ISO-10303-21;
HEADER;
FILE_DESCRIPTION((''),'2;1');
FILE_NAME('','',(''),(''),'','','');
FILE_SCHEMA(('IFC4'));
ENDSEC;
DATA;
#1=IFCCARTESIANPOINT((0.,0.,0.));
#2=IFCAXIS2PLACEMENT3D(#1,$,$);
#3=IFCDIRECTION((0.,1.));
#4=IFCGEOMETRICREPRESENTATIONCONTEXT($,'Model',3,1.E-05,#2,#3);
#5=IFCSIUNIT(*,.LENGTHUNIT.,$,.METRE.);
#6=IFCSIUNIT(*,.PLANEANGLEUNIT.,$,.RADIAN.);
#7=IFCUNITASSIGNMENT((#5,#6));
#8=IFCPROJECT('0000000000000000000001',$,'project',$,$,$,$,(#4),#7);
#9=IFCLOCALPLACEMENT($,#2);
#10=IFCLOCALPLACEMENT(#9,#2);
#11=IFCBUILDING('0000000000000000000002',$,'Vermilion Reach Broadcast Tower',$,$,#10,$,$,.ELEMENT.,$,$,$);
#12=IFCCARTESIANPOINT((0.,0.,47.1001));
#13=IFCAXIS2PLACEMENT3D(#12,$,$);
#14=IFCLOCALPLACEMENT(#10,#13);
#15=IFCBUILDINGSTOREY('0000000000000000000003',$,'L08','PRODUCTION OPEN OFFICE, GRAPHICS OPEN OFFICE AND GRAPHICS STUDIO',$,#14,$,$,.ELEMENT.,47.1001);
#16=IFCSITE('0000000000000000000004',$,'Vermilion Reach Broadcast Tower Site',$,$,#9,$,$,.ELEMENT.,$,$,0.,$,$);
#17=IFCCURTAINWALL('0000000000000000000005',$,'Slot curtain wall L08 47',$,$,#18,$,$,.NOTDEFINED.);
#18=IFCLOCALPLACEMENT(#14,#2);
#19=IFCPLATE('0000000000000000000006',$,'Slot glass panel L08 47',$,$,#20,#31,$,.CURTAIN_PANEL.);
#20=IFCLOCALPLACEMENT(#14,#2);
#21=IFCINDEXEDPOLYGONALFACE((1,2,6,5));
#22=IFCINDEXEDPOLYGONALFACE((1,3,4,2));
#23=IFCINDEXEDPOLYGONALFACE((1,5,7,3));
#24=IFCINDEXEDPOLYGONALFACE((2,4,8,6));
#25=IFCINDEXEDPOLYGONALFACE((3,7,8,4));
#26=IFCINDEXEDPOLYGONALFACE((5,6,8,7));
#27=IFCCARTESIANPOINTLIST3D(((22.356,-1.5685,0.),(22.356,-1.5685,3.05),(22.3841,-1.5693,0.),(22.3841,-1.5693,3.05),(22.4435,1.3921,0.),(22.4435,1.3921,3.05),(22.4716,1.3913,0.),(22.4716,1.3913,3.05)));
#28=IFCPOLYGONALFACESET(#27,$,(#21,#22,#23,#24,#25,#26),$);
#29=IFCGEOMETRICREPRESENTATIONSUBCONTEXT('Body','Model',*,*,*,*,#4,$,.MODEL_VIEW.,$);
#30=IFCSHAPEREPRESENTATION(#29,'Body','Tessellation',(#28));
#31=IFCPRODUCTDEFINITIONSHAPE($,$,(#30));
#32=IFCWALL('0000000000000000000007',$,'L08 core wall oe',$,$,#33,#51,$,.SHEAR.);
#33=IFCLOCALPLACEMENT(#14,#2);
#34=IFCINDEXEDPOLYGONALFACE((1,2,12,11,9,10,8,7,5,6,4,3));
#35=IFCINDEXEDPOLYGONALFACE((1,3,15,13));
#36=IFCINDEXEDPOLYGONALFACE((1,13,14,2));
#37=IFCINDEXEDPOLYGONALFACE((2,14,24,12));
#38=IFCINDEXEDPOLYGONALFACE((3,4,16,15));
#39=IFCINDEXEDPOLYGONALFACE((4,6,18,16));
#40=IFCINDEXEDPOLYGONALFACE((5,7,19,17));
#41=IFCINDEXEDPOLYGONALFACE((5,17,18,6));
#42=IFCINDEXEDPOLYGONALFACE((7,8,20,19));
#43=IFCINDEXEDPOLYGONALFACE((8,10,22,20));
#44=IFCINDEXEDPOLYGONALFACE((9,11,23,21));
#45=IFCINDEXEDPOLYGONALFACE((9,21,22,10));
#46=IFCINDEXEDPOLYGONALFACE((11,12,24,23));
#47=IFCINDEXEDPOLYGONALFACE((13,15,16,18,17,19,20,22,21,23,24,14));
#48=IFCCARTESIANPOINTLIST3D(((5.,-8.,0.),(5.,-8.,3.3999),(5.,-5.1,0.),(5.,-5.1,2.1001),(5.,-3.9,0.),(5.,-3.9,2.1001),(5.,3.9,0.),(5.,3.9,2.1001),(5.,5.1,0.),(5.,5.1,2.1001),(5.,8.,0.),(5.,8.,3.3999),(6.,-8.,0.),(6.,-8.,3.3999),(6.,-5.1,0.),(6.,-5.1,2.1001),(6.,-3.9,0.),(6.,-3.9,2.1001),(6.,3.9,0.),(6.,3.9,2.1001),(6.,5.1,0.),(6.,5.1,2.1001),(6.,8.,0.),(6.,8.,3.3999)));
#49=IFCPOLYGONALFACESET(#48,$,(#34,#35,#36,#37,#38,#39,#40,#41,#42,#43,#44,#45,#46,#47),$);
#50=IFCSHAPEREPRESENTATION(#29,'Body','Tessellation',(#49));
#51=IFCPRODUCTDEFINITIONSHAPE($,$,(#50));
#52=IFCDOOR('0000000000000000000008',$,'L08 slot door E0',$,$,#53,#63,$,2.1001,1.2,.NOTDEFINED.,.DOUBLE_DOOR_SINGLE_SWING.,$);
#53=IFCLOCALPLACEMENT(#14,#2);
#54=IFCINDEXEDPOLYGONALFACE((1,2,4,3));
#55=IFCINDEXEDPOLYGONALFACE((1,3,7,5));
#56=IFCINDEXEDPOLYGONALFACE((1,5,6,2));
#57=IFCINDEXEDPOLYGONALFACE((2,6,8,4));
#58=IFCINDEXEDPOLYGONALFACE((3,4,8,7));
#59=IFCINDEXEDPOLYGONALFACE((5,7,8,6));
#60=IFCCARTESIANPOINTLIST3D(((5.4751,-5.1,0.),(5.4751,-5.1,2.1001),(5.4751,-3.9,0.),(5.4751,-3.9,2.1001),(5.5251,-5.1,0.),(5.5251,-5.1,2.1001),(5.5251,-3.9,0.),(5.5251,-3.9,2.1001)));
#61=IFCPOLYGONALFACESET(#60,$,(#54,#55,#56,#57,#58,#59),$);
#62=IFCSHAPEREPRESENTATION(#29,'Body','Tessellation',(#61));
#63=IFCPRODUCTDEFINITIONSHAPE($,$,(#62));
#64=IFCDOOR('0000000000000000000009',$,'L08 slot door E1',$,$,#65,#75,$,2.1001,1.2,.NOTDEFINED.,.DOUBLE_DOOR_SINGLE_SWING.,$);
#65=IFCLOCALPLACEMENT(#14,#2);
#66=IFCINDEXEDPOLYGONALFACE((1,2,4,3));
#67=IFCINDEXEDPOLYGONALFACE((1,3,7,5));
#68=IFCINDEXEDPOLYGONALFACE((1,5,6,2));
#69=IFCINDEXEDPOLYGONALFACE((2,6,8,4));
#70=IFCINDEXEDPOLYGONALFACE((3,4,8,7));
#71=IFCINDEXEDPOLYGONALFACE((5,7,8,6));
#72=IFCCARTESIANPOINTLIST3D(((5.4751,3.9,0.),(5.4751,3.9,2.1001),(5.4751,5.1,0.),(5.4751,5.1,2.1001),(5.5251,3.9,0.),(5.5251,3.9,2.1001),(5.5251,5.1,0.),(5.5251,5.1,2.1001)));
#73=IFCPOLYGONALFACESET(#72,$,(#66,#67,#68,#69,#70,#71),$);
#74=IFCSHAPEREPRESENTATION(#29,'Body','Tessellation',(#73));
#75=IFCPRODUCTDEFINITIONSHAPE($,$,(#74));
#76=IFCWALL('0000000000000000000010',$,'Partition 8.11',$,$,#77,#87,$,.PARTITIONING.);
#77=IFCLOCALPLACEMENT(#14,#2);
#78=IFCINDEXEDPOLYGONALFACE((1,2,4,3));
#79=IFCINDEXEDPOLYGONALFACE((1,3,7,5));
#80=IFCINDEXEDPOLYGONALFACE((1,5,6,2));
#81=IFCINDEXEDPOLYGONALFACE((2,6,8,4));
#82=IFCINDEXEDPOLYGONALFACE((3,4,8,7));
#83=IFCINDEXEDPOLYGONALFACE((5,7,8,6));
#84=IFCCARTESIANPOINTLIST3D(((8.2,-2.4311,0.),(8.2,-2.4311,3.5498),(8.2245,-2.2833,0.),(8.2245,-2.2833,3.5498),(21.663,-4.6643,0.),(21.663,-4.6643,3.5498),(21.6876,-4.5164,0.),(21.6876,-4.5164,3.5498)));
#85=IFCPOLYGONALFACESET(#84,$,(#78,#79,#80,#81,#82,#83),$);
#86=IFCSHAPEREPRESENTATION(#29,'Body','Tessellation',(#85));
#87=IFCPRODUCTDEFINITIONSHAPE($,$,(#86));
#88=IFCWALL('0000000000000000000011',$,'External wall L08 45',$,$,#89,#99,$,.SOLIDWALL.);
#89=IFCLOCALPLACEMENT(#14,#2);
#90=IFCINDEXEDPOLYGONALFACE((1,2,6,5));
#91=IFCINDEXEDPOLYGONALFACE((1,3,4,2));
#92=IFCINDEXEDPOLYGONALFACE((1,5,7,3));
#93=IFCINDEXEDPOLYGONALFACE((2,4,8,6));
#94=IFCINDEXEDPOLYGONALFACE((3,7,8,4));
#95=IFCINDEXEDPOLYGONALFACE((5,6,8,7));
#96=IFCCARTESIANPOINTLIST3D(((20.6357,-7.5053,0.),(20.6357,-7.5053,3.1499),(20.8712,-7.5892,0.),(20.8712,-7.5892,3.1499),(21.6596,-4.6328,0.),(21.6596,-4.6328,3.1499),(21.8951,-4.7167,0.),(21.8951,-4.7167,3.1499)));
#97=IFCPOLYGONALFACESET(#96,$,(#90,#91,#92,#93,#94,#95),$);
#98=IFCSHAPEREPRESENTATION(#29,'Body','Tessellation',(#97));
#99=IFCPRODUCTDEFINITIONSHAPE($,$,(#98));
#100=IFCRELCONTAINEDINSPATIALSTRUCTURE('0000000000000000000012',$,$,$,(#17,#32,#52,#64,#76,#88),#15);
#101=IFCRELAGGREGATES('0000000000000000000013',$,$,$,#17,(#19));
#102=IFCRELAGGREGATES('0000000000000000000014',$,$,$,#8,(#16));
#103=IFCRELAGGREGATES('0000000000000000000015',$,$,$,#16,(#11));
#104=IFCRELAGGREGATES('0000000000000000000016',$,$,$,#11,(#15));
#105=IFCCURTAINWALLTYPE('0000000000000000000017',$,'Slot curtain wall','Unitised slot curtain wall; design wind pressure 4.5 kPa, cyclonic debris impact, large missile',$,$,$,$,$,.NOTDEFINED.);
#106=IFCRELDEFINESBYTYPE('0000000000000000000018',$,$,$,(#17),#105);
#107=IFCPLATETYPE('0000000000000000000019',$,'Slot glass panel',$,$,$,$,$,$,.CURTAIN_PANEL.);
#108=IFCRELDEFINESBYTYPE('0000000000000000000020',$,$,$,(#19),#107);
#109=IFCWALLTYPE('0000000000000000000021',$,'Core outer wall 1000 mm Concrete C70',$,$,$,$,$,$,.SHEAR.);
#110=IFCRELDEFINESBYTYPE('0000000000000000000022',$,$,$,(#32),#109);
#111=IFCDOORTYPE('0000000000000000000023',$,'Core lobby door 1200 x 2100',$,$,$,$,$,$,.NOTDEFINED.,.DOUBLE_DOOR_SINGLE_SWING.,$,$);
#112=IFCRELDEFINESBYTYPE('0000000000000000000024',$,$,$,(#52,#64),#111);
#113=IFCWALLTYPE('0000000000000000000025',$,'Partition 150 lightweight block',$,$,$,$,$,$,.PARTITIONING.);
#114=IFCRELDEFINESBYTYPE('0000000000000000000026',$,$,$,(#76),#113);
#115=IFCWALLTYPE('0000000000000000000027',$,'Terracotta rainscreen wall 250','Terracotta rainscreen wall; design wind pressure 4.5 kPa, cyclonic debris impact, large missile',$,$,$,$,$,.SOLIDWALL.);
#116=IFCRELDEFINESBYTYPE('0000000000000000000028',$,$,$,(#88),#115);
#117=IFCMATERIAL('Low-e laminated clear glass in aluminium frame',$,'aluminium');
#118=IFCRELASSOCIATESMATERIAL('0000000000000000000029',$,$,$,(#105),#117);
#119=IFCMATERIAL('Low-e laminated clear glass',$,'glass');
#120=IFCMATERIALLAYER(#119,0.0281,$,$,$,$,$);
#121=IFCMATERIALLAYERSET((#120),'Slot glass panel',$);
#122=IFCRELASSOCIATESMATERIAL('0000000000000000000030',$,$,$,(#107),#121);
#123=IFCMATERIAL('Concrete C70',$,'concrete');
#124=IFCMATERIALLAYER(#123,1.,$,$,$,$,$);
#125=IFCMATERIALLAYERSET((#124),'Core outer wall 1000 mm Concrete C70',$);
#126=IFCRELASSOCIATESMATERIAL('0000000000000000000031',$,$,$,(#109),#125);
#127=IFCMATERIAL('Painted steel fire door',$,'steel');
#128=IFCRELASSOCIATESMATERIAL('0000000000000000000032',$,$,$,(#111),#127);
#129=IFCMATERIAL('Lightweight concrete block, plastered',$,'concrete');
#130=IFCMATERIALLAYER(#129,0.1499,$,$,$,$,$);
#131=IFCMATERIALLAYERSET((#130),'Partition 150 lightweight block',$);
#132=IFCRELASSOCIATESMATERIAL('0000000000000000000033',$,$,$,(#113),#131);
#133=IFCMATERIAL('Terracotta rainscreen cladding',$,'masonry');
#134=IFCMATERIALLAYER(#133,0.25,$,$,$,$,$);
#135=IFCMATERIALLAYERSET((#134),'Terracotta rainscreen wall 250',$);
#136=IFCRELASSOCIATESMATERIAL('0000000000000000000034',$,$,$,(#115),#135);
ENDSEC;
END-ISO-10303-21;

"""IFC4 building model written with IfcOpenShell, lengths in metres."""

from ifc_helpers import new_model, si_unit, direction, frame, frame_2d, origin, origin_2d, place, context, subcontext, project, spatial, rectangle, extrude, material, layer, layer_set, type_object, element, fill, aggregate, save


model = new_model("IFC4")

# Units and contexts
model_context = context("Model", 3, precision=1e-05, world=origin(), true_north=direction((0.0, 1.0)))
body_context = subcontext(model_context, "Body", "Model", "MODEL_VIEW")
ifc_project = project(units=[si_unit("LENGTHUNIT", "METRE"), si_unit("PLANEANGLEUNIT", "RADIAN")], contexts=[model_context])

# Site, building, storey
site_placement = place(None, origin())
site = spatial("IfcSite", under=ifc_project, at=site_placement, Name="Vermilion Reach Broadcast Tower Site", CompositionType="ELEMENT", RefElevation=0.0)
building_placement = place(site_placement, origin())
building = spatial("IfcBuilding", under=site, at=building_placement, Name="Vermilion Reach Broadcast Tower", CompositionType="ELEMENT")
storey_placement = place(building_placement, frame((0.0, 0.0, 47.1001)))
storey = spatial("IfcBuildingStorey", under=building, at=storey_placement, Name="L08", Description="PRODUCTION OPEN OFFICE, GRAPHICS OPEN OFFICE AND GRAPHICS STUDIO", CompositionType="ELEMENT", Elevation=47.1001)

# Curtain wall
ifc_material_1 = material(Name="Low-e laminated clear glass in aluminium frame", Category="aluminium")
curtain_wall_type = type_object("IfcCurtainWallType", Name="Slot curtain wall", Description="Unitised slot curtain wall; design wind pressure 4.5 kPa, cyclonic debris impact, large missile", PredefinedType="NOTDEFINED", material=ifc_material_1)
placement = place(storey_placement, origin())
curtain_wall_1 = element("IfcCurtainWall", 1, at=placement, inside=storey, type_object=curtain_wall_type, Name="Slot curtain wall L08 47", PredefinedType="NOTDEFINED")

# Plate
ifc_material_2 = material(Name="Low-e laminated clear glass", Category="glass")
ifc_layer_1 = layer(ifc_material_2, 0.0281)
ifc_layer_set_1 = layer_set([ifc_layer_1], Name="Slot glass panel")
plate_type = type_object("IfcPlateType", Name="Slot glass panel", PredefinedType="CURTAIN_PANEL", material=ifc_layer_set_1)
plate_1_placement = place(storey_placement, frame((22.4138, -0.0886, 0.0), z_axis=(0.0, 0.0, 1.0), x_axis=(0.029548, 0.999563, 0.0)))
plate_1 = element("IfcPlate", 2, at=plate_1_placement, type_object=plate_type, Name="Slot glass panel L08 47", PredefinedType="CURTAIN_PANEL", context=body_context, shape_type="SweptSolid", body=[
    extrude(rectangle(XDim=2.9619, YDim=0.0281, at=origin_2d()), origin(), (0.0, 0.0, 1.0), 3.05),
])
aggregate(curtain_wall_1, [plate_1])

# Wall, openings, doors
ifc_material_3 = material(Name="Concrete C70", Category="concrete")
ifc_layer_2 = layer(ifc_material_3, 1.0)
ifc_layer_set_2 = layer_set([ifc_layer_2], Name="Core outer wall 1000 mm Concrete C70")
wall_type_1 = type_object("IfcWallType", Name="Core outer wall 1000 mm Concrete C70", PredefinedType="SHEAR", material=ifc_layer_set_2)
wall_1_placement = place(storey_placement, frame((5.5, -8.0, 0.0), z_axis=(0.0, 0.0, 1.0), x_axis=(0.0, 1.0, 0.0)))
wall_1 = element("IfcWall", 3, at=wall_1_placement, inside=storey, type_object=wall_type_1, Name="L08 core wall oe", PredefinedType="SHEAR", context=body_context, shape_type="SweptSolid", body=[
    extrude(rectangle(XDim=16.0, YDim=1.0, at=frame_2d((8.0, 0.0))), origin(), (0.0, 0.0, 1.0), 3.3999),
])
opening_1_placement = place(wall_1_placement, frame((2.8999, 0.0, 0.0)))
opening_1 = element("IfcOpeningElement", 4, at=opening_1_placement, cuts=wall_1, PredefinedType="OPENING", context=body_context, shape_type="SweptSolid", body=[
    extrude(rectangle(XDim=1.2, YDim=2.1001, at=frame_2d((0.6001, 1.05))), frame((0.0, 0.51, 0.0), z_axis=(0.0, -1.0, 0.0), x_axis=(1.0, 0.0, 0.0)), (0.0, 0.0, 1.0), 1.02),
])
opening_2_placement = place(wall_1_placement, frame((11.8999, 0.0, 0.0)))
opening_2 = element("IfcOpeningElement", 5, at=opening_2_placement, cuts=wall_1, PredefinedType="OPENING", context=body_context, shape_type="SweptSolid", body=[
    extrude(rectangle(XDim=1.2, YDim=2.1001, at=frame_2d((0.6001, 1.05))), frame((0.0, 0.51, 0.0), z_axis=(0.0, -1.0, 0.0), x_axis=(1.0, 0.0, 0.0)), (0.0, 0.0, 1.0), 1.02),
])
ifc_material_4 = material(Name="Painted steel fire door", Category="steel")
door_type = type_object("IfcDoorType", Name="Core lobby door 1200 x 2100", OperationType="DOUBLE_DOOR_SINGLE_SWING", PredefinedType="NOTDEFINED", material=ifc_material_4)
door_1_placement = place(opening_1_placement, origin())
door_1 = element("IfcDoor", 6, at=door_1_placement, inside=storey, type_object=door_type, Name="L08 slot door E0", OperationType="DOUBLE_DOOR_SINGLE_SWING", OverallHeight=2.1001, OverallWidth=1.2, PredefinedType="NOTDEFINED", context=body_context, shape_type="SweptSolid", body=[
    extrude(rectangle(XDim=1.2, YDim=2.1001, at=frame_2d((0.6001, 1.05))), frame((0.0, 0.0249, 0.0), z_axis=(0.0, -1.0, 0.0), x_axis=(1.0, 0.0, 0.0)), (0.0, 0.0, 1.0), 0.05),
])
fill(opening_1, door_1)
door_2_placement = place(opening_2_placement, origin())
door_2 = element("IfcDoor", 7, at=door_2_placement, inside=storey, type_object=door_type, Name="L08 slot door E1", OperationType="DOUBLE_DOOR_SINGLE_SWING", OverallHeight=2.1001, OverallWidth=1.2, PredefinedType="NOTDEFINED", context=body_context, shape_type="SweptSolid", body=[
    extrude(rectangle(XDim=1.2, YDim=2.1001, at=frame_2d((0.6001, 1.05))), frame((0.0, 0.0249, 0.0), z_axis=(0.0, -1.0, 0.0), x_axis=(1.0, 0.0, 0.0)), (0.0, 0.0, 1.0), 0.05),
])
fill(opening_2, door_2)

# Walls
ifc_material_5 = material(Name="Lightweight concrete block, plastered", Category="concrete")
ifc_layer_3 = layer(ifc_material_5, 0.1499)
ifc_layer_set_3 = layer_set([ifc_layer_3], Name="Partition 150 lightweight block")
wall_type_2 = type_object("IfcWallType", Name="Partition 150 lightweight block", PredefinedType="PARTITIONING", material=ifc_layer_set_3)
wall_2_placement = place(storey_placement, frame((21.6753, -4.5903, 0.0), z_axis=(0.0, 0.0, 1.0), x_axis=(-0.986521, 0.163636, 0.0)))
element("IfcWall", 8, at=wall_2_placement, inside=storey, type_object=wall_type_2, Name="Partition 8.11", PredefinedType="PARTITIONING", context=body_context, shape_type="SweptSolid", body=[
    extrude(rectangle(XDim=13.647, YDim=0.1499, at=frame_2d((6.8235, 0.0))), origin(), (0.0, 0.0, 1.0), 3.5498),
])
ifc_material_6 = material(Name="Terracotta rainscreen cladding", Category="masonry")
ifc_layer_4 = layer(ifc_material_6, 0.25)
ifc_layer_set_4 = layer_set([ifc_layer_4], Name="Terracotta rainscreen wall 250")
wall_type_3 = type_object("IfcWallType", Name="Terracotta rainscreen wall 250", Description="Terracotta rainscreen wall; design wind pressure 4.5 kPa, cyclonic debris impact, large missile", PredefinedType="SOLIDWALL", material=ifc_layer_set_4)
wall_3_placement = place(storey_placement, frame((20.7534, -7.5474, 0.0), z_axis=(0.0, 0.0, 1.0), x_axis=(0.335758, 0.941948, 0.0)))
element("IfcWall", 9, at=wall_3_placement, inside=storey, type_object=wall_type_3, Name="External wall L08 45", PredefinedType="SOLIDWALL", context=body_context, shape_type="SweptSolid", body=[
    extrude(rectangle(XDim=3.0496, YDim=0.25, at=frame_2d((1.5249, 0.0))), origin(), (0.0, 0.0, 1.0), 3.1499),
])

save(model, "model.ifc")
